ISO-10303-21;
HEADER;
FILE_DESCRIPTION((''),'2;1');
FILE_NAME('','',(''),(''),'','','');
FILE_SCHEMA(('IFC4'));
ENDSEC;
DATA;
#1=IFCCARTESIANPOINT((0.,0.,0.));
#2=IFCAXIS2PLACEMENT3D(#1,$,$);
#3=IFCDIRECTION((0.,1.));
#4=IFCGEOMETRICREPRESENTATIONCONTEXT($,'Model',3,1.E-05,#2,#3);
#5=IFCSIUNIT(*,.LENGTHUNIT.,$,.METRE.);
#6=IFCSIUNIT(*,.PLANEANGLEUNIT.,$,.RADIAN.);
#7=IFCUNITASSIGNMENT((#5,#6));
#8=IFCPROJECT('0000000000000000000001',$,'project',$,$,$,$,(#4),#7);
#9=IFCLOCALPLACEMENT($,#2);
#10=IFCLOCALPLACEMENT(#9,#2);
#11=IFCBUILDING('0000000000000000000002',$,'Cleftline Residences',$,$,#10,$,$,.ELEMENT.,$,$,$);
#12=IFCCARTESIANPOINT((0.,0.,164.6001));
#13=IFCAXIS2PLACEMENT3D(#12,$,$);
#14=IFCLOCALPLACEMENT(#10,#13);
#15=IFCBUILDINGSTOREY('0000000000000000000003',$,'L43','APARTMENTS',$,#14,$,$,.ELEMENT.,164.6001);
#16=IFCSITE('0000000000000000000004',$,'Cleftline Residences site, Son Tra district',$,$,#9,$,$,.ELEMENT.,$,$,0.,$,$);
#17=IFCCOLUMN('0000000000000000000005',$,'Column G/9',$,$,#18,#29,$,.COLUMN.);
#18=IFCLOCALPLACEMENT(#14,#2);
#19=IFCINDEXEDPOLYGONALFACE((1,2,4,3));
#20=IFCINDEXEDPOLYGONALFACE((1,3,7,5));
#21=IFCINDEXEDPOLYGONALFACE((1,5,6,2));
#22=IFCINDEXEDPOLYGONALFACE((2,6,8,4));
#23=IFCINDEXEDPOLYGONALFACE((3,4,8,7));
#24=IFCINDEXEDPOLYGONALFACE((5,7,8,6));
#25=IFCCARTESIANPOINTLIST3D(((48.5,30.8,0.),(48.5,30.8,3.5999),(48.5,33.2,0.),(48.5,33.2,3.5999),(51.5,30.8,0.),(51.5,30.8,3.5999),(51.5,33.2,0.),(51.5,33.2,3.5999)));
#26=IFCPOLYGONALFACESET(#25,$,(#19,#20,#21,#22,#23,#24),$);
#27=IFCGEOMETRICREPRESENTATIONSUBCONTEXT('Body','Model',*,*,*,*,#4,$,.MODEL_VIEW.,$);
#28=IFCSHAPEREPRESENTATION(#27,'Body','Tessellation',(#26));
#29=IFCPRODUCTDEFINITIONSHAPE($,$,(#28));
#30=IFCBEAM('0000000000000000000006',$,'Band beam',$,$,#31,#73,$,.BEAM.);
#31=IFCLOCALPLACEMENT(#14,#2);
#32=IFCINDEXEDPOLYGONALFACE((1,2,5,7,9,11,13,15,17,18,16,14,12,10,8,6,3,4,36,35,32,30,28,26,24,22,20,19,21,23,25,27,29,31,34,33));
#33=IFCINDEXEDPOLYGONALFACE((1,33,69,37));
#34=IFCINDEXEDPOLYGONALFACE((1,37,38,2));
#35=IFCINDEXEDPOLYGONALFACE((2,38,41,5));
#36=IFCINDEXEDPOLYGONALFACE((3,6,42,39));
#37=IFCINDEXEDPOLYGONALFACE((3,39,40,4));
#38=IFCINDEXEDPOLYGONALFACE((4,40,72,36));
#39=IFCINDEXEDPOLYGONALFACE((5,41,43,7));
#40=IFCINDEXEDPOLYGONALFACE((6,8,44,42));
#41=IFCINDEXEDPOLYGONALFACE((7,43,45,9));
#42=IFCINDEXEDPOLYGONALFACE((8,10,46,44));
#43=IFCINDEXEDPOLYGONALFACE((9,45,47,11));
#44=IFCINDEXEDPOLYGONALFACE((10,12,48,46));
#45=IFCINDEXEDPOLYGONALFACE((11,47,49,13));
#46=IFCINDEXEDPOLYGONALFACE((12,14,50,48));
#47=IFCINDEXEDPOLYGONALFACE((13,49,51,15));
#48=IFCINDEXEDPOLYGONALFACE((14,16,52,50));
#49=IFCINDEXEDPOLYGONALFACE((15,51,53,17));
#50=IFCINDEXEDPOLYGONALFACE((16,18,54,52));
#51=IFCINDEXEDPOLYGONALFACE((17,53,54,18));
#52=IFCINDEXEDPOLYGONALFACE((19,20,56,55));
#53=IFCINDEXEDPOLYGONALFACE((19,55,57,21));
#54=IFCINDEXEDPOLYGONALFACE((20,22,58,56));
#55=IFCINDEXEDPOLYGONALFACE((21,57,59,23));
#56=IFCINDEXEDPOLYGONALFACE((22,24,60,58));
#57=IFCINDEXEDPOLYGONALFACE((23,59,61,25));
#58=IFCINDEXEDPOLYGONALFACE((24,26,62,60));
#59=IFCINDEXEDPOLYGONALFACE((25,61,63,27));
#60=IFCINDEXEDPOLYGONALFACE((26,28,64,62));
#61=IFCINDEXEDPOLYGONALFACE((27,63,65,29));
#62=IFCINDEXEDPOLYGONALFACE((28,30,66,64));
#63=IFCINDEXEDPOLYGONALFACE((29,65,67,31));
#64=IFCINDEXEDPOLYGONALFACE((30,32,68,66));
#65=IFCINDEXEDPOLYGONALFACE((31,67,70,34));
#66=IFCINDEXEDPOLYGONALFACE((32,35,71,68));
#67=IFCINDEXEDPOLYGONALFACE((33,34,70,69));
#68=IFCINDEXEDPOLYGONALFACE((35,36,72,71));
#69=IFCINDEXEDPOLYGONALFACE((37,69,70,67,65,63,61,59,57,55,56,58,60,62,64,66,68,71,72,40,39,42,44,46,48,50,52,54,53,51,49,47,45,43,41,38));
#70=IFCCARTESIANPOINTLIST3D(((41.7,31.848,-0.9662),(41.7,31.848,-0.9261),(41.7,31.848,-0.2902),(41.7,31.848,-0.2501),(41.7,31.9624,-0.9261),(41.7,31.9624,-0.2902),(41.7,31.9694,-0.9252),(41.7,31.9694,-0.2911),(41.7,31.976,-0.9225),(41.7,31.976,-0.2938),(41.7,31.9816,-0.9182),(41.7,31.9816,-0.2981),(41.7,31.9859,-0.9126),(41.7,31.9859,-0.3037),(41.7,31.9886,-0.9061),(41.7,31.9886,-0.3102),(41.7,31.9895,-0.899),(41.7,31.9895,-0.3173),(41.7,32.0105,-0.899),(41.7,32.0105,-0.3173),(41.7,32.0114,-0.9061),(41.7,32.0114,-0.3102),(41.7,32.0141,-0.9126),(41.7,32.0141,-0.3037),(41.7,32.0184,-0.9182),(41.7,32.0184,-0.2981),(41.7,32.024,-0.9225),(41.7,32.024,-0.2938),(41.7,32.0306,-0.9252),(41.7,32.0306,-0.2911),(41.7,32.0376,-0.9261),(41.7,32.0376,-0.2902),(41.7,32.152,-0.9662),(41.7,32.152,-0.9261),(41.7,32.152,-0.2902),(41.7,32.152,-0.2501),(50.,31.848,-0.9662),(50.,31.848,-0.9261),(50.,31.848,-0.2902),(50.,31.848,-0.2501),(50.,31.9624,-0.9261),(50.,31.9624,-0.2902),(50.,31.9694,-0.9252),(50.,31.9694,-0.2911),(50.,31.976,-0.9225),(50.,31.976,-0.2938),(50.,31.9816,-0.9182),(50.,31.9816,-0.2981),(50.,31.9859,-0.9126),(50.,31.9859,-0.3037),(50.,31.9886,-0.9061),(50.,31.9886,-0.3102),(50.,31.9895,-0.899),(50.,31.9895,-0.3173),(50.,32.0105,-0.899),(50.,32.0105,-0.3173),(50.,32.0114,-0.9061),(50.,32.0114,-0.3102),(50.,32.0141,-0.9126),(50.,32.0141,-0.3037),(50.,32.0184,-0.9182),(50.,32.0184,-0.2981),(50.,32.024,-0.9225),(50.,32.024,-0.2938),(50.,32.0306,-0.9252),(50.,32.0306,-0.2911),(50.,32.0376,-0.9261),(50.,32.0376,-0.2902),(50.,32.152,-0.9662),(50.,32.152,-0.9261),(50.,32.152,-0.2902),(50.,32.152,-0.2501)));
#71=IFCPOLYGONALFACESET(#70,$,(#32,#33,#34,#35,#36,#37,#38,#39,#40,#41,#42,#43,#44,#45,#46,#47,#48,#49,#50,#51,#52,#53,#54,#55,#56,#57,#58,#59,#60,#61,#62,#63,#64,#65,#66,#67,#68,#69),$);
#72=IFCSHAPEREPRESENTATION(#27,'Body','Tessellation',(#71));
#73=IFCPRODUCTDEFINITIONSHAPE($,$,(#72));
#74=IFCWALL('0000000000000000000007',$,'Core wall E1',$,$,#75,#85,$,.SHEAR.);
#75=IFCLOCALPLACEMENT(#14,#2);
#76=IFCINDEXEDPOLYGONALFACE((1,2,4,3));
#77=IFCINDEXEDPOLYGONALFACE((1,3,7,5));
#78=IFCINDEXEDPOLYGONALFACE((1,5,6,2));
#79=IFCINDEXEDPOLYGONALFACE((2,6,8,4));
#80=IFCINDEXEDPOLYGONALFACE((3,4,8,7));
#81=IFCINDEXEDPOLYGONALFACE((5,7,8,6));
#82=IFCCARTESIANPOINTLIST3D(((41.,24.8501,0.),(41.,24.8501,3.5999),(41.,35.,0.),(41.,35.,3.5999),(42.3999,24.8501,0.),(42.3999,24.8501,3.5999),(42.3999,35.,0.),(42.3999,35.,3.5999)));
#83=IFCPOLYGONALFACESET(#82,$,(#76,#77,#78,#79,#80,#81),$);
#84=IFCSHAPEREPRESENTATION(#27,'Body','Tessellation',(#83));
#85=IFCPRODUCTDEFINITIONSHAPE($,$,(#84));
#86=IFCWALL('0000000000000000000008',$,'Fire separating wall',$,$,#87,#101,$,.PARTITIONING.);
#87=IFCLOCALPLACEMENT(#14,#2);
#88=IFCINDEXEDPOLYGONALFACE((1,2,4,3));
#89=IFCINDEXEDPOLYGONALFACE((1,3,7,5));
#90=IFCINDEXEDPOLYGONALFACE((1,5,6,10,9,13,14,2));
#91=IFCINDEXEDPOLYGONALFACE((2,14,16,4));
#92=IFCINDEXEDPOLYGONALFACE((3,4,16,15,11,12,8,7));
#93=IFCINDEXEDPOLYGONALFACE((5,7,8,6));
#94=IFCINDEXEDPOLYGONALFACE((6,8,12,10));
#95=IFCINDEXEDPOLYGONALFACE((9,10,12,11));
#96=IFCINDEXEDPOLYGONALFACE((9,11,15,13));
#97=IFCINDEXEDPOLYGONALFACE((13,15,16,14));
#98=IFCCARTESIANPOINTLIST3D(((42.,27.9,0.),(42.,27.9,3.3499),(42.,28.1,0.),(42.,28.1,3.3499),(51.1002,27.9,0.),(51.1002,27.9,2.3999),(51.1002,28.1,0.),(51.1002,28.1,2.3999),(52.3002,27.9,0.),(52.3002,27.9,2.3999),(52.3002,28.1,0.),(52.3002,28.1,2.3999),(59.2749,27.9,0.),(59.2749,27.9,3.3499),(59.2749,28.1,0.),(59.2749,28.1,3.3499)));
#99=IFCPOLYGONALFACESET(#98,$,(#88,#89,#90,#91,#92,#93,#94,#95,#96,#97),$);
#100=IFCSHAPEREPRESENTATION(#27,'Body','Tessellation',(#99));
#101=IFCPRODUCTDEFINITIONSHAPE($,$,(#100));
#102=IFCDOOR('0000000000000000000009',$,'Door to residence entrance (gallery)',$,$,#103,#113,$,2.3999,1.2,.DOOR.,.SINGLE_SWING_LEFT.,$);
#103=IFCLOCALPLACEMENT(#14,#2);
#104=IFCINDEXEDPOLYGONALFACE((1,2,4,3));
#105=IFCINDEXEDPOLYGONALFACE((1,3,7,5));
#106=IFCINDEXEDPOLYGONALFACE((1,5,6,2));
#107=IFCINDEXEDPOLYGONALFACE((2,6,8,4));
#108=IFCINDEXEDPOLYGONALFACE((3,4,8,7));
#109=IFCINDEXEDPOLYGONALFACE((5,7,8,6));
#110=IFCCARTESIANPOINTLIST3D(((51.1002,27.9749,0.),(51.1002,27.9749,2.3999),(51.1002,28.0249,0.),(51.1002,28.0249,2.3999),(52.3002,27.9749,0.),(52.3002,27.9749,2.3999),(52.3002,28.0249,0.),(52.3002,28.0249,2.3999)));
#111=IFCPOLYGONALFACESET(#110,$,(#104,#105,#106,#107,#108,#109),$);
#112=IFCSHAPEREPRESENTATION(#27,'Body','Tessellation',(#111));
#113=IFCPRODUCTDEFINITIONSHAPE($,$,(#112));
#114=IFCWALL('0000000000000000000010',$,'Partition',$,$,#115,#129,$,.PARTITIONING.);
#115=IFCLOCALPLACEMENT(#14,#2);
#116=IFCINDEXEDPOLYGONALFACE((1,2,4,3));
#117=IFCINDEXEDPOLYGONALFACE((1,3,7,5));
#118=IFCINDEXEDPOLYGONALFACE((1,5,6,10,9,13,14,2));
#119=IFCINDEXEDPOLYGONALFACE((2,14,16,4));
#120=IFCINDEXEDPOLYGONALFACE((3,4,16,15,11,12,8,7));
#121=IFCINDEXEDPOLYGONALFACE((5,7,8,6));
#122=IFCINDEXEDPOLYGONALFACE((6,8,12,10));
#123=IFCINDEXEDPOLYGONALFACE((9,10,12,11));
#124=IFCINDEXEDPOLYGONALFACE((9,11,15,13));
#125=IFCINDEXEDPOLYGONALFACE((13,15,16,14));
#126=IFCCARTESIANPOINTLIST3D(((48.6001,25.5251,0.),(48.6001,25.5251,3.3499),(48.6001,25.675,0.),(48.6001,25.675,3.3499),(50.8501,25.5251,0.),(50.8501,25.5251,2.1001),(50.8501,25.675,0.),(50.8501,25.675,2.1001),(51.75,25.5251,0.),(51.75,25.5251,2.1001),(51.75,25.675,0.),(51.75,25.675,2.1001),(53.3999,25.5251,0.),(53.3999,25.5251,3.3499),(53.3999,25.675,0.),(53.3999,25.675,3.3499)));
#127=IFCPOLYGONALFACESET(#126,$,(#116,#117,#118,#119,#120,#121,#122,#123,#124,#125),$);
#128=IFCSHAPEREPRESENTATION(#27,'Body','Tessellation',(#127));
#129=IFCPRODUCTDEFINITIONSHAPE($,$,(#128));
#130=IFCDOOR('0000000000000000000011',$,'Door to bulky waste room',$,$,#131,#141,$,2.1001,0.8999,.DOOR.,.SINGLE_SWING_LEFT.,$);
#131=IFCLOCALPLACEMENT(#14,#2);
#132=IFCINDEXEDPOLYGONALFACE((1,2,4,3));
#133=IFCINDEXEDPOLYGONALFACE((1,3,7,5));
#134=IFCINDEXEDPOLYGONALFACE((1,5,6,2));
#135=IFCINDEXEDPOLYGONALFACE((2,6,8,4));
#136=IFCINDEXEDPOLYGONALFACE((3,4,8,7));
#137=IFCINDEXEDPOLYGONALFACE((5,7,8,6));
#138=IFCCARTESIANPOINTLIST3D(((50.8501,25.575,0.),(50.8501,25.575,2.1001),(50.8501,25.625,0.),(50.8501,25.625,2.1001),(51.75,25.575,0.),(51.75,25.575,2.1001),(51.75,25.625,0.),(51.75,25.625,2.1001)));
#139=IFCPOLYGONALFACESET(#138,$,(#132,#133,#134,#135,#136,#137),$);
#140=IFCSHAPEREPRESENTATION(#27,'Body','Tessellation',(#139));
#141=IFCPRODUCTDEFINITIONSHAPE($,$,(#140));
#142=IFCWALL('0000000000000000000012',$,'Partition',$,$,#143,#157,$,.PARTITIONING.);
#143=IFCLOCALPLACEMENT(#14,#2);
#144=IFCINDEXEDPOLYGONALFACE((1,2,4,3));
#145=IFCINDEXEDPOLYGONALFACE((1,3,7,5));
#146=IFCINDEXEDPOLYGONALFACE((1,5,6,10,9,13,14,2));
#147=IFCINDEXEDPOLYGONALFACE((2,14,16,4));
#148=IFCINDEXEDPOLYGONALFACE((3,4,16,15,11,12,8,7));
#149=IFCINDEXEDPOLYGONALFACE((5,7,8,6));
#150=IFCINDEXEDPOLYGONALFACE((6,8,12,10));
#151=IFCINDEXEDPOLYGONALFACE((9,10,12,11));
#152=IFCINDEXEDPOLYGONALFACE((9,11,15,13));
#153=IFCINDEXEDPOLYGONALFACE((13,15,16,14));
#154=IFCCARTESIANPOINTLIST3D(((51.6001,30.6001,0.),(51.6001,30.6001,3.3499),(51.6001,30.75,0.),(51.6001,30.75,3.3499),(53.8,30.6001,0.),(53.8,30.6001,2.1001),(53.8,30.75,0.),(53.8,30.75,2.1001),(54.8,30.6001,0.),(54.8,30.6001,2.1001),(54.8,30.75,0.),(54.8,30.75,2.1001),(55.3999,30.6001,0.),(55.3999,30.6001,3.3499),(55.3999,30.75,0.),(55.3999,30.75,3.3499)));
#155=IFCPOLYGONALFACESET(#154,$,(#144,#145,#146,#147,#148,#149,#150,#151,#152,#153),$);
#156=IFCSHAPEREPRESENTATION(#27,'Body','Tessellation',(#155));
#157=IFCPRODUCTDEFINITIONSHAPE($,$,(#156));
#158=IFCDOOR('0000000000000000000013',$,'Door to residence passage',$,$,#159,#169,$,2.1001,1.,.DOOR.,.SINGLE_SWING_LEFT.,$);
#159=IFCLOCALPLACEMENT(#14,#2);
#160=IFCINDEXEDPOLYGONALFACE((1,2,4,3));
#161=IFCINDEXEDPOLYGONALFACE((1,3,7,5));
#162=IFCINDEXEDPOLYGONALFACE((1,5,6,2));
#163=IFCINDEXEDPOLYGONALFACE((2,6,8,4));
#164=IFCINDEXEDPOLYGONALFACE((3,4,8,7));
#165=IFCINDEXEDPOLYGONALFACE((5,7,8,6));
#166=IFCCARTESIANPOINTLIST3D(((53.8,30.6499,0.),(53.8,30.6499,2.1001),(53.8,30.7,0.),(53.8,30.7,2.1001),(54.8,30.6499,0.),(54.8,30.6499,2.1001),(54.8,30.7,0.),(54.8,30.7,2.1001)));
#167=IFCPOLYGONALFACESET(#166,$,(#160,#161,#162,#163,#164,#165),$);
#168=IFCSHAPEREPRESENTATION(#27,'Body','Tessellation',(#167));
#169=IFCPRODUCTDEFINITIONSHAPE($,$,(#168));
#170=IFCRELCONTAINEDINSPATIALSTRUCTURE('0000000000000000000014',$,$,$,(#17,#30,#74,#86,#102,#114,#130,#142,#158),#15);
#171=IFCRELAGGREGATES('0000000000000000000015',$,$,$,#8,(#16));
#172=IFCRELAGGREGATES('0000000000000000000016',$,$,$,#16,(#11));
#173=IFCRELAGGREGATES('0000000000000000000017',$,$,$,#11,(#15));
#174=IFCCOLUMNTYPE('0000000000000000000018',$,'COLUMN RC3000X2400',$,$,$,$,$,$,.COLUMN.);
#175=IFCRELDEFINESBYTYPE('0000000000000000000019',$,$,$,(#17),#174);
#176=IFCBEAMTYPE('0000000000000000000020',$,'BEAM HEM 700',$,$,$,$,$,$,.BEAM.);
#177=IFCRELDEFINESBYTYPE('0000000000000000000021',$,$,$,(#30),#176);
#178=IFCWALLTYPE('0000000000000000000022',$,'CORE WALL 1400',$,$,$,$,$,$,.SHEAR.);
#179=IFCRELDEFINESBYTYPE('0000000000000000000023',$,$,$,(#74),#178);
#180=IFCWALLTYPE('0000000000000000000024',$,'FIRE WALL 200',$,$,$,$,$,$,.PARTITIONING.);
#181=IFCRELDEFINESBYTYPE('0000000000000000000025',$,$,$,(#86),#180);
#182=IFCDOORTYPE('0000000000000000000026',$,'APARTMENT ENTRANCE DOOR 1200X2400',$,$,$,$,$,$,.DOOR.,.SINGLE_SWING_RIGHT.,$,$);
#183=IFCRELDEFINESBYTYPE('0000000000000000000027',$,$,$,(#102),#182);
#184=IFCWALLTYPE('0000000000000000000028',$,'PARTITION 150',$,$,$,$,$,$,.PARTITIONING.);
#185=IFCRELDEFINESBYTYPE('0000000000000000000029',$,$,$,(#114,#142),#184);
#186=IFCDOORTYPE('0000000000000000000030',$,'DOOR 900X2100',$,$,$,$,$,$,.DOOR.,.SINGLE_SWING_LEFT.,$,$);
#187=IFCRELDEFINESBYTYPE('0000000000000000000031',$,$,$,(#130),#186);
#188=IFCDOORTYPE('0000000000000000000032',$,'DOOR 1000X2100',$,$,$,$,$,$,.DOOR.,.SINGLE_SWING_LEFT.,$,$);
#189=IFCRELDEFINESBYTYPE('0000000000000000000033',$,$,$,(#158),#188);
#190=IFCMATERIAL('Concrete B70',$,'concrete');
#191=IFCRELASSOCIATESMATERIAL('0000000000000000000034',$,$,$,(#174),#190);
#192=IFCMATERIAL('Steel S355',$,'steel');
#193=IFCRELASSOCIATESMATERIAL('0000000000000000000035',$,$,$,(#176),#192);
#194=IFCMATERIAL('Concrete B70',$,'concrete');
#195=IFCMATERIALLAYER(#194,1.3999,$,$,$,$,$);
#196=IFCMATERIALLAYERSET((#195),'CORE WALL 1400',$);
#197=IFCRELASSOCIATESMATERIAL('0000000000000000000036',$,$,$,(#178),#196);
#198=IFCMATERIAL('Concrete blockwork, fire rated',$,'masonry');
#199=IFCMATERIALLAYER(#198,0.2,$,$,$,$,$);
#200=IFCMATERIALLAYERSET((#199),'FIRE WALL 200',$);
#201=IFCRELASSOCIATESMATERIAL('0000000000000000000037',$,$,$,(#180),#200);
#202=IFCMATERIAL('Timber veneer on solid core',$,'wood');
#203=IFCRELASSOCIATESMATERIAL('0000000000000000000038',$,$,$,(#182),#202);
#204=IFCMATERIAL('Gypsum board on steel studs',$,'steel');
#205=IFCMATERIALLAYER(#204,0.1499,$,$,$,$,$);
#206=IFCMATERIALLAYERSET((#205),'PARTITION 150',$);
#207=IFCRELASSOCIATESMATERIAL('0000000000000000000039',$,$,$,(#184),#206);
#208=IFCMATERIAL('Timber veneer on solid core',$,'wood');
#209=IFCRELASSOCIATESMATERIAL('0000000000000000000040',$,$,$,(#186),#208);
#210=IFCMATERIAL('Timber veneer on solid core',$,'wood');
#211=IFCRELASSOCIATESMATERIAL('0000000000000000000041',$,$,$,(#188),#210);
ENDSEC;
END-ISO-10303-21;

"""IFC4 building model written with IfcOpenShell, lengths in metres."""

from ifc_helpers import new_model, si_unit, direction, frame, frame_2d, origin, origin_2d, place, context, subcontext, project, spatial, rectangle, i_section, extrude, material, layer, layer_set, material_profile, profile_set, type_object, element, fill, save


model = new_model("IFC4")

# Units and contexts
model_context = context("Model", 3, precision=1e-05, world=origin(), true_north=direction((0.0, 1.0)))
body_context = subcontext(model_context, "Body", "Model", "MODEL_VIEW")
ifc_project = project(units=[si_unit("LENGTHUNIT", "METRE"), si_unit("PLANEANGLEUNIT", "RADIAN")], contexts=[model_context])

# Site, building, storey
site_placement = place(None, origin())
site = spatial("IfcSite", under=ifc_project, at=site_placement, Name="Cleftline Residences site, Son Tra district", CompositionType="ELEMENT", RefElevation=0.0)
building_placement = place(site_placement, origin())
building = spatial("IfcBuilding", under=site, at=building_placement, Name="Cleftline Residences", CompositionType="ELEMENT")
storey_placement = place(building_placement, frame((0.0, 0.0, 164.6001)))
storey = spatial("IfcBuildingStorey", under=building, at=storey_placement, Name="L43", Description="APARTMENTS", CompositionType="ELEMENT", Elevation=164.6001)

# Column
ifc_material_1 = material(Name="Concrete B70", Category="concrete")
ifc_material_profile_1 = material_profile(ifc_material_1, rectangle(XDim=3.0, YDim=2.3999, at=origin_2d()))
ifc_profile_set_1 = profile_set([ifc_material_profile_1], Name="Concrete B70")
column_type = type_object("IfcColumnType", Name="COLUMN RC3000X2400", PredefinedType="COLUMN", material=ifc_profile_set_1)
column_placement = place(storey_placement, frame((50.0, 32.0, 0.0), z_axis=(0.0, 0.0, 1.0), x_axis=(1.0, 0.0, 0.0)))
element("IfcColumn", 1, at=column_placement, inside=storey, type_object=column_type, Name="Column G/9", PredefinedType="COLUMN", context=body_context, shape_type="SweptSolid", body=[
    extrude(rectangle(XDim=3.0, YDim=2.3999, at=origin_2d()), origin(), (0.0, 0.0, 1.0), 3.5999),
])

# Beam
ifc_material_2 = material(Name="Steel S355", Category="steel")
ifc_material_profile_2 = material_profile(ifc_material_2, i_section(OverallWidth=0.304, OverallDepth=0.7161, WebThickness=0.021, FlangeThickness=0.04, FilletRadius=0.0271, at=origin_2d()))
ifc_profile_set_2 = profile_set([ifc_material_profile_2], Name="Steel S355")
beam_type = type_object("IfcBeamType", Name="BEAM HEM 700", PredefinedType="BEAM", material=ifc_profile_set_2)
beam_placement = place(storey_placement, frame((50.0, 32.0, -0.6082), z_axis=(-1.0, 0.0, 0.0), x_axis=(0.0, -1.0, 0.0)))
element("IfcBeam", 2, at=beam_placement, inside=storey, type_object=beam_type, Name="Band beam", PredefinedType="BEAM", context=body_context, shape_type="SweptSolid", body=[
    extrude(i_section(OverallWidth=0.304, OverallDepth=0.7161, WebThickness=0.021, FlangeThickness=0.04, FilletRadius=0.0271, at=origin_2d()), origin(), (0.0, 0.0, 1.0), 8.3),
])

# Wall
ifc_material_3 = material(Name="Concrete B70", Category="concrete")
ifc_layer_1 = layer(ifc_material_3, 1.3999)
ifc_layer_set_1 = layer_set([ifc_layer_1], Name="CORE WALL 1400")
wall_type_1 = type_object("IfcWallType", Name="CORE WALL 1400", PredefinedType="SHEAR", material=ifc_layer_set_1)
wall_1_placement = place(storey_placement, frame((41.7, 24.8501, 0.0), z_axis=(0.0, 0.0, 1.0), x_axis=(0.0, 1.0, 0.0)))
element("IfcWall", 3, at=wall_1_placement, inside=storey, type_object=wall_type_1, Name="Core wall E1", PredefinedType="SHEAR", context=body_context, shape_type="SweptSolid", body=[
    extrude(rectangle(XDim=10.1499, YDim=1.3999, at=frame_2d((5.075, 0.0))), origin(), (0.0, 0.0, 1.0), 3.5999),
])

# Walls, openings, doors
ifc_material_4 = material(Name="Concrete blockwork, fire rated", Category="masonry")
ifc_layer_2 = layer(ifc_material_4, 0.2)
ifc_layer_set_2 = layer_set([ifc_layer_2], Name="FIRE WALL 200")
wall_type_2 = type_object("IfcWallType", Name="FIRE WALL 200", PredefinedType="PARTITIONING", material=ifc_layer_set_2)
wall_2_placement = place(storey_placement, frame((42.0, 28.0, 0.0), z_axis=(0.0, 0.0, 1.0), x_axis=(1.0, 0.0, 0.0)))
wall_2 = element("IfcWall", 4, at=wall_2_placement, inside=storey, type_object=wall_type_2, Name="Fire separating wall", PredefinedType="PARTITIONING", context=body_context, shape_type="SweptSolid", body=[
    extrude(rectangle(XDim=17.2749, YDim=0.2, at=frame_2d((8.6375, 0.0))), origin(), (0.0, 0.0, 1.0), 3.3499),
])
opening_1_placement = place(wall_2_placement, frame((9.1001, 0.0, 0.0)))
opening_1 = element("IfcOpeningElement", 5, at=opening_1_placement, cuts=wall_2, PredefinedType="OPENING", context=body_context, shape_type="SweptSolid", body=[
    extrude(rectangle(XDim=1.2, YDim=2.3999, at=frame_2d((0.6001, 1.2))), frame((0.0, 0.1099, 0.0), z_axis=(0.0, -1.0, 0.0), x_axis=(1.0, 0.0, 0.0)), (0.0, 0.0, 1.0), 0.22),
])
ifc_material_5 = material(Name="Timber veneer on solid core", Category="wood")
door_type_1 = type_object("IfcDoorType", Name="APARTMENT ENTRANCE DOOR 1200X2400", OperationType="SINGLE_SWING_RIGHT", PredefinedType="DOOR", material=ifc_material_5)
door_1_placement = place(opening_1_placement, origin())
door_1 = element("IfcDoor", 6, at=door_1_placement, inside=storey, type_object=door_type_1, Name="Door to residence entrance (gallery)", OperationType="SINGLE_SWING_LEFT", OverallHeight=2.3999, OverallWidth=1.2, PredefinedType="DOOR", context=body_context, shape_type="SweptSolid", body=[
    extrude(rectangle(XDim=1.2, YDim=2.3999, at=frame_2d((0.6001, 1.2))), frame((0.0, 0.0249, 0.0), z_axis=(0.0, -1.0, 0.0), x_axis=(1.0, 0.0, 0.0)), (0.0, 0.0, 1.0), 0.05),
])
fill(opening_1, door_1)
ifc_material_6 = material(Name="Gypsum board on steel studs", Category="steel")
ifc_layer_3 = layer(ifc_material_6, 0.1499)
ifc_layer_set_3 = layer_set([ifc_layer_3], Name="PARTITION 150")
wall_type_3 = type_object("IfcWallType", Name="PARTITION 150", PredefinedType="PARTITIONING", material=ifc_layer_set_3)
wall_3_placement = place(storey_placement, frame((48.6001, 25.6001, 0.0), z_axis=(0.0, 0.0, 1.0), x_axis=(1.0, 0.0, 0.0)))
wall_3 = element("IfcWall", 7, at=wall_3_placement, inside=storey, type_object=wall_type_3, Name="Partition", PredefinedType="PARTITIONING", context=body_context, shape_type="SweptSolid", body=[
    extrude(rectangle(XDim=4.7998, YDim=0.1499, at=frame_2d((2.3999, 0.0))), origin(), (0.0, 0.0, 1.0), 3.3499),
])
opening_2_placement = place(wall_3_placement, frame((2.25, 0.0, 0.0)))
opening_2 = element("IfcOpeningElement", 8, at=opening_2_placement, cuts=wall_3, PredefinedType="OPENING", context=body_context, shape_type="SweptSolid", body=[
    extrude(rectangle(XDim=0.8999, YDim=2.1001, at=frame_2d((0.45, 1.05))), frame((0.0, 0.085, 0.0), z_axis=(0.0, -1.0, 0.0), x_axis=(1.0, 0.0, 0.0)), (0.0, 0.0, 1.0), 0.1699),
])
ifc_material_7 = material(Name="Timber veneer on solid core", Category="wood")
door_type_2 = type_object("IfcDoorType", Name="DOOR 900X2100", OperationType="SINGLE_SWING_LEFT", PredefinedType="DOOR", material=ifc_material_7)
door_2_placement = place(opening_2_placement, origin())
door_2 = element("IfcDoor", 9, at=door_2_placement, inside=storey, type_object=door_type_2, Name="Door to bulky waste room", OperationType="SINGLE_SWING_LEFT", OverallHeight=2.1001, OverallWidth=0.8999, PredefinedType="DOOR", context=body_context, shape_type="SweptSolid", body=[
    extrude(rectangle(XDim=0.8999, YDim=2.1001, at=frame_2d((0.45, 1.05))), frame((0.0, 0.0249, 0.0), z_axis=(0.0, -1.0, 0.0), x_axis=(1.0, 0.0, 0.0)), (0.0, 0.0, 1.0), 0.05),
])
fill(opening_2, door_2)
wall_4_placement = place(storey_placement, frame((51.6001, 30.675, 0.0), z_axis=(0.0, 0.0, 1.0), x_axis=(1.0, 0.0, 0.0)))
wall_4 = element("IfcWall", 10, at=wall_4_placement, inside=storey, type_object=wall_type_3, Name="Partition", PredefinedType="PARTITIONING", context=body_context, shape_type="SweptSolid", body=[
    extrude(rectangle(XDim=3.7998, YDim=0.1499, at=frame_2d((1.8999, 0.0))), origin(), (0.0, 0.0, 1.0), 3.3499),
])
opening_3_placement = place(wall_4_placement, frame((2.2, 0.0, 0.0)))
opening_3 = element("IfcOpeningElement", 11, at=opening_3_placement, cuts=wall_4, PredefinedType="OPENING", context=body_context, shape_type="SweptSolid", body=[
    extrude(rectangle(XDim=1.0, YDim=2.1001, at=frame_2d((0.5, 1.05))), frame((0.0, 0.085, 0.0), z_axis=(0.0, -1.0, 0.0), x_axis=(1.0, 0.0, 0.0)), (0.0, 0.0, 1.0), 0.1699),
])
ifc_material_8 = material(Name="Timber veneer on solid core", Category="wood")
door_type_3 = type_object("IfcDoorType", Name="DOOR 1000X2100", OperationType="SINGLE_SWING_LEFT", PredefinedType="DOOR", material=ifc_material_8)
door_3_placement = place(opening_3_placement, origin())
door_3 = element("IfcDoor", 12, at=door_3_placement, inside=storey, type_object=door_type_3, Name="Door to residence passage", OperationType="SINGLE_SWING_LEFT", OverallHeight=2.1001, OverallWidth=1.0, PredefinedType="DOOR", context=body_context, shape_type="SweptSolid", body=[
    extrude(rectangle(XDim=1.0, YDim=2.1001, at=frame_2d((0.5, 1.05))), frame((0.0, 0.0249, 0.0), z_axis=(0.0, -1.0, 0.0), x_axis=(1.0, 0.0, 0.0)), (0.0, 0.0, 1.0), 0.05),
])
fill(opening_3, door_3)

save(model, "model.ifc")
